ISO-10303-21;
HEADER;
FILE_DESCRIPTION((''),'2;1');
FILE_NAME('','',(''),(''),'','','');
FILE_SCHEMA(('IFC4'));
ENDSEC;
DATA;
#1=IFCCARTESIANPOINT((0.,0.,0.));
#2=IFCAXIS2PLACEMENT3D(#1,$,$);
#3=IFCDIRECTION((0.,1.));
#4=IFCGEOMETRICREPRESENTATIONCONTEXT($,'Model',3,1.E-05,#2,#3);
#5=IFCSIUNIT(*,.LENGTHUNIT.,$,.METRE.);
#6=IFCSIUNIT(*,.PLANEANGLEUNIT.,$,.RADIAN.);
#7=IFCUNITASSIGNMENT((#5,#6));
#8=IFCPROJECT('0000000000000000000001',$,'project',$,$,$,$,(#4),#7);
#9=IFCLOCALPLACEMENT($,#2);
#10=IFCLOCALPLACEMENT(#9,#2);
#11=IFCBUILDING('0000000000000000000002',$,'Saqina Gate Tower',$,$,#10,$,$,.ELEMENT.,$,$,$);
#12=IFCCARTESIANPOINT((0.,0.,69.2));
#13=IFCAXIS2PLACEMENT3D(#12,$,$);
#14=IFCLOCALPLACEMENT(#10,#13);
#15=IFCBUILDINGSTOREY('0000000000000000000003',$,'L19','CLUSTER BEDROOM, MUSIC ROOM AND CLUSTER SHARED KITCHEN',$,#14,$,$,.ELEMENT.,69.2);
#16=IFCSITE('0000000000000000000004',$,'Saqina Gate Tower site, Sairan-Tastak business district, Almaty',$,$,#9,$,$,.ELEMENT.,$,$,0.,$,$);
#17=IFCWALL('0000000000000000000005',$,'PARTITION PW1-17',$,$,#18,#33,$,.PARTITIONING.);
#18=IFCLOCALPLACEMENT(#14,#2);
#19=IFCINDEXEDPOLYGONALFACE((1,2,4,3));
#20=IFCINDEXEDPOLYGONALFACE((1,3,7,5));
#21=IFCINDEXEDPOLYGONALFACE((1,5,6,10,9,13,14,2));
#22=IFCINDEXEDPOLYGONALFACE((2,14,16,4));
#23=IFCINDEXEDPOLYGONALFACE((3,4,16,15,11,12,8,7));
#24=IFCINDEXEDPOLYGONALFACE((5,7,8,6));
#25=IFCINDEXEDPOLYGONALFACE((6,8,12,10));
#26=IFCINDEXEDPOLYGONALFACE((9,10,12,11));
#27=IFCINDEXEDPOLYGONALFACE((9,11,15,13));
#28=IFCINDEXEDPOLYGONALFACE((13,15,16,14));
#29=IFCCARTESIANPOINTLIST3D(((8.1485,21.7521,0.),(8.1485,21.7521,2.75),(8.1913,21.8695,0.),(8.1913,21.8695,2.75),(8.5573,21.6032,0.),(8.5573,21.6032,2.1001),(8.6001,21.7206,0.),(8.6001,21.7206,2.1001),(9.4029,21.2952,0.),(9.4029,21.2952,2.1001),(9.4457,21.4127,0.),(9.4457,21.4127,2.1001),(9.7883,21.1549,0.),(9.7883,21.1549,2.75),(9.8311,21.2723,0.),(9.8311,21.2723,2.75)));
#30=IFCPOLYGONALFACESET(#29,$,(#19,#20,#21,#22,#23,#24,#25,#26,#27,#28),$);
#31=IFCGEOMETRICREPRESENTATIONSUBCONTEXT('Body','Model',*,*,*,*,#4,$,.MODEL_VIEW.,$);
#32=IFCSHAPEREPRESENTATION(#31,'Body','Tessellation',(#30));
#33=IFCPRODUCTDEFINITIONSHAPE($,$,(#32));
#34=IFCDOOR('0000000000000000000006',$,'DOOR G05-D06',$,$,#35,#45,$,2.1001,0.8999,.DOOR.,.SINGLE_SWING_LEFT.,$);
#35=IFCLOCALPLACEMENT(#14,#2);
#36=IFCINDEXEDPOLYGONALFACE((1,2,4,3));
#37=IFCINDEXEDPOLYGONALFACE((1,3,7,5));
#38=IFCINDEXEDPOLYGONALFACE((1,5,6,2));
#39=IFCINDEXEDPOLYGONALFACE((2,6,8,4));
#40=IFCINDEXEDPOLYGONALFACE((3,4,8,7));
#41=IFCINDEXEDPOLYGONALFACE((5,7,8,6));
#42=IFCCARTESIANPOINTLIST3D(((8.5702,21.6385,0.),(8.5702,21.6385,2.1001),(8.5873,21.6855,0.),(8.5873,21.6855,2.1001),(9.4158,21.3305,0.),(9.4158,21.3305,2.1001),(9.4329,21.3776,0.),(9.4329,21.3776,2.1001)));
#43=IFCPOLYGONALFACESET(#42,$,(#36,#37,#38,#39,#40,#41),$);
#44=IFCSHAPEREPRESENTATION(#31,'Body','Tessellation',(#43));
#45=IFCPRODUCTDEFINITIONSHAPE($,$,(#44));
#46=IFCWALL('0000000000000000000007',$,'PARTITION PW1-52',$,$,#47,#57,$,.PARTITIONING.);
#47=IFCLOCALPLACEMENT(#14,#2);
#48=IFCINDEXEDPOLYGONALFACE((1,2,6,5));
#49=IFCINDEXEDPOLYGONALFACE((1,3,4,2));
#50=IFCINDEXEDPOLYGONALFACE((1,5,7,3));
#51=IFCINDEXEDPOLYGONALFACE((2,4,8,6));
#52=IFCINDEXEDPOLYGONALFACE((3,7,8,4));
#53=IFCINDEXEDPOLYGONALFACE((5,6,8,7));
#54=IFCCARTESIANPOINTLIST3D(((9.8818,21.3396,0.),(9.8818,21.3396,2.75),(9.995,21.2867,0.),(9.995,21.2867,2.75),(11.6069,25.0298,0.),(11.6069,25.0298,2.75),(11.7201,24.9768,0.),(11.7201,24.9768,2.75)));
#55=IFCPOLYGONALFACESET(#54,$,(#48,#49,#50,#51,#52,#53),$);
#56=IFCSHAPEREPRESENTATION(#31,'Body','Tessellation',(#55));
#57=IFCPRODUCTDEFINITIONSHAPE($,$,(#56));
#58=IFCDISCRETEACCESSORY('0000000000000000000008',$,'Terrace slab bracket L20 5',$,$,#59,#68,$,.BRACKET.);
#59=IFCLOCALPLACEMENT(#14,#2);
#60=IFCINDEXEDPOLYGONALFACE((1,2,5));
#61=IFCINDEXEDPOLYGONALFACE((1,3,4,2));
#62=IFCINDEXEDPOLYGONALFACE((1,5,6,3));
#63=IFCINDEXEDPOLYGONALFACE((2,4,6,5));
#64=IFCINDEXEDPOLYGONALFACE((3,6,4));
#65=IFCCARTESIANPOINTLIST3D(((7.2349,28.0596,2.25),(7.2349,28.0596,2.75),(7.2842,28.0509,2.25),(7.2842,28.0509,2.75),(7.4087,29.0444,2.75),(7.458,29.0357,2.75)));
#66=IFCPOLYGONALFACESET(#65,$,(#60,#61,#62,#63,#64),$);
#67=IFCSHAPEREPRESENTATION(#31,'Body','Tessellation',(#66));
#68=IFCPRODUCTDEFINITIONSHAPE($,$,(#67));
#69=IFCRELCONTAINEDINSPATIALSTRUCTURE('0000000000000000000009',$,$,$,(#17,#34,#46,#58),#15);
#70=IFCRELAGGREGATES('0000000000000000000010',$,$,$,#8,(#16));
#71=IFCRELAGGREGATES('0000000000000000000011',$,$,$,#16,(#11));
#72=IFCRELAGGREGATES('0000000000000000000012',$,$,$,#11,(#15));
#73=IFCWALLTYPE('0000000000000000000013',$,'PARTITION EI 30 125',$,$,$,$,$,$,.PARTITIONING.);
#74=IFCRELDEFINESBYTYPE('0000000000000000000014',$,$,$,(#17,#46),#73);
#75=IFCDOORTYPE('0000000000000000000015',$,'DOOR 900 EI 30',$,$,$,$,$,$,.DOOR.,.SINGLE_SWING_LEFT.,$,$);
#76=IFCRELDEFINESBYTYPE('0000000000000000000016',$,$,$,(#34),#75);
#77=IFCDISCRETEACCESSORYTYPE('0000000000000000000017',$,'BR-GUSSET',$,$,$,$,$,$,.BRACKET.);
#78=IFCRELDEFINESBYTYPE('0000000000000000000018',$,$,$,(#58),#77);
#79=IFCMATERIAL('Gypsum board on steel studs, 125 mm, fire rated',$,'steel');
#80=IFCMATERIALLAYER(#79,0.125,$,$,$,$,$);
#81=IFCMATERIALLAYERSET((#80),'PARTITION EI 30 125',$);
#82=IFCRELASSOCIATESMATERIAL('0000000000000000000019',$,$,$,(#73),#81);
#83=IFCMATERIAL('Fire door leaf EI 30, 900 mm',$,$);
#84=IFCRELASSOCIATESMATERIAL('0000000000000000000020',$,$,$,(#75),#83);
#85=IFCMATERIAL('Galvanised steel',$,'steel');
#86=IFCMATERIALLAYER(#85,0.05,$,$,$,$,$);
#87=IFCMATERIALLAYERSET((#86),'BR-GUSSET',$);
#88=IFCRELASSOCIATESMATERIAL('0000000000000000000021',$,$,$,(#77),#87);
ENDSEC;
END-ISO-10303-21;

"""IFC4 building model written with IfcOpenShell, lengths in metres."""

from ifc_helpers import new_model, si_unit, direction, frame, frame_2d, origin, place, context, subcontext, project, spatial, polyline, rectangle, outline, extrude, material, layer, layer_set, type_object, element, fill, save


model = new_model("IFC4")

# Units and contexts
model_context = context("Model", 3, precision=1e-05, world=origin(), true_north=direction((0.0, 1.0)))
body_context = subcontext(model_context, "Body", "Model", "MODEL_VIEW")
ifc_project = project(units=[si_unit("LENGTHUNIT", "METRE"), si_unit("PLANEANGLEUNIT", "RADIAN")], contexts=[model_context])

# Site, building, storey
site_placement = place(None, origin())
site = spatial("IfcSite", under=ifc_project, at=site_placement, Name="Saqina Gate Tower site, Sairan-Tastak business district, Almaty", CompositionType="ELEMENT", RefElevation=0.0)
building_placement = place(site_placement, origin())
building = spatial("IfcBuilding", under=site, at=building_placement, Name="Saqina Gate Tower", CompositionType="ELEMENT")
storey_placement = place(building_placement, frame((0.0, 0.0, 69.2)))
storey = spatial("IfcBuildingStorey", under=building, at=storey_placement, Name="L19", Description="CLUSTER BEDROOM, MUSIC ROOM AND CLUSTER SHARED KITCHEN", CompositionType="ELEMENT", Elevation=69.2)

# Wall, opening, door
ifc_material_1 = material(Name="Gypsum board on steel studs, 125 mm, fire rated", Category="steel")
ifc_layer_1 = layer(ifc_material_1, 0.125)
ifc_layer_set_1 = layer_set([ifc_layer_1], Name="PARTITION EI 30 125")
wall_type_1 = type_object("IfcWallType", Name="PARTITION EI 30 125", PredefinedType="PARTITIONING", material=ifc_layer_set_1)
wall_1_placement = place(storey_placement, frame((8.1699, 21.8108, 0.0), z_axis=(0.0, 0.0, 1.0), x_axis=(0.939622, -0.342215, 0.0)))
wall_1 = element("IfcWall", 1, at=wall_1_placement, inside=storey, type_object=wall_type_1, Name="PARTITION PW1-17", PredefinedType="PARTITIONING", context=body_context, shape_type="SweptSolid", body=[
    extrude(rectangle(XDim=1.7451, YDim=0.125, at=frame_2d((0.8726, 0.0))), origin(), (0.0, 0.0, 1.0), 2.75),
])
opening_1_placement = place(wall_1_placement, frame((0.4351, 0.0, 0.0)))
opening_1 = element("IfcOpeningElement", 2, at=opening_1_placement, cuts=wall_1, PredefinedType="OPENING", context=body_context, shape_type="SweptSolid", body=[
    extrude(rectangle(XDim=0.8999, YDim=2.1001, at=frame_2d((0.45, 1.05))), frame((0.0, 0.0745, 0.0), z_axis=(0.0, -1.0, 0.0), x_axis=(1.0, 0.0, 0.0)), (0.0, 0.0, 1.0), 0.1489),
])
ifc_material_2 = material(Name="Fire door leaf EI 30, 900 mm")
door_type = type_object("IfcDoorType", Name="DOOR 900 EI 30", OperationType="SINGLE_SWING_LEFT", PredefinedType="DOOR", material=ifc_material_2)
door_placement = place(opening_1_placement, frame((0.8999, 0.0, 0.0), z_axis=(0.0, 0.0, 1.0), x_axis=(-1.0, 0.0, 0.0)))
door = element("IfcDoor", 3, at=door_placement, inside=storey, type_object=door_type, Name="DOOR G05-D06", OperationType="SINGLE_SWING_LEFT", OverallHeight=2.1001, OverallWidth=0.8999, PredefinedType="DOOR", context=body_context, shape_type="SweptSolid", body=[
    extrude(rectangle(XDim=0.8999, YDim=2.1001, at=frame_2d((0.45, 1.05))), frame((0.0, 0.0249, 0.0), z_axis=(0.0, -1.0, 0.0), x_axis=(1.0, 0.0, 0.0)), (0.0, 0.0, 1.0), 0.05),
])
fill(opening_1, door)

# Wall
wall_2_placement = place(storey_placement, frame((9.9385, 21.3132, 0.0), z_axis=(0.0, 0.0, 1.0), x_axis=(0.423492, 0.9059, 0.0)))
element("IfcWall", 4, at=wall_2_placement, inside=storey, type_object=wall_type_1, Name="PARTITION PW1-52", PredefinedType="PARTITIONING", context=body_context, shape_type="SweptSolid", body=[
    extrude(rectangle(XDim=4.0735, YDim=0.125, at=frame_2d((2.0366, 0.0))), origin(), (0.0, 0.0, 1.0), 2.75),
])

# Discrete accessory
ifc_material_3 = material(Name="Galvanised steel", Category="steel")
ifc_layer_2 = layer(ifc_material_3, 0.05)
ifc_layer_set_2 = layer_set([ifc_layer_2], Name="BR-GUSSET")
discrete_accessory_type = type_object("IfcDiscreteAccessoryType", Name="BR-GUSSET", PredefinedType="BRACKET", material=ifc_layer_set_2)
discrete_accessory_placement = place(storey_placement, frame((7.2349, 28.0596, 2.25), z_axis=(-0.984779, 0.173813, 0.0), x_axis=(0.0, 0.0, 1.0)))
element("IfcDiscreteAccessory", 5, at=discrete_accessory_placement, inside=storey, type_object=discrete_accessory_type, Name="Terrace slab bracket L20 5", PredefinedType="BRACKET", context=body_context, shape_type="SweptSolid", body=[
    extrude(outline(polyline([(0.0, 0.0), (0.5, 0.0), (0.5, 1.0001), (0.0, 0.0)])), origin(), (0.0, 0.0, -1.0), 0.05),
])

save(model, "model.ifc")
